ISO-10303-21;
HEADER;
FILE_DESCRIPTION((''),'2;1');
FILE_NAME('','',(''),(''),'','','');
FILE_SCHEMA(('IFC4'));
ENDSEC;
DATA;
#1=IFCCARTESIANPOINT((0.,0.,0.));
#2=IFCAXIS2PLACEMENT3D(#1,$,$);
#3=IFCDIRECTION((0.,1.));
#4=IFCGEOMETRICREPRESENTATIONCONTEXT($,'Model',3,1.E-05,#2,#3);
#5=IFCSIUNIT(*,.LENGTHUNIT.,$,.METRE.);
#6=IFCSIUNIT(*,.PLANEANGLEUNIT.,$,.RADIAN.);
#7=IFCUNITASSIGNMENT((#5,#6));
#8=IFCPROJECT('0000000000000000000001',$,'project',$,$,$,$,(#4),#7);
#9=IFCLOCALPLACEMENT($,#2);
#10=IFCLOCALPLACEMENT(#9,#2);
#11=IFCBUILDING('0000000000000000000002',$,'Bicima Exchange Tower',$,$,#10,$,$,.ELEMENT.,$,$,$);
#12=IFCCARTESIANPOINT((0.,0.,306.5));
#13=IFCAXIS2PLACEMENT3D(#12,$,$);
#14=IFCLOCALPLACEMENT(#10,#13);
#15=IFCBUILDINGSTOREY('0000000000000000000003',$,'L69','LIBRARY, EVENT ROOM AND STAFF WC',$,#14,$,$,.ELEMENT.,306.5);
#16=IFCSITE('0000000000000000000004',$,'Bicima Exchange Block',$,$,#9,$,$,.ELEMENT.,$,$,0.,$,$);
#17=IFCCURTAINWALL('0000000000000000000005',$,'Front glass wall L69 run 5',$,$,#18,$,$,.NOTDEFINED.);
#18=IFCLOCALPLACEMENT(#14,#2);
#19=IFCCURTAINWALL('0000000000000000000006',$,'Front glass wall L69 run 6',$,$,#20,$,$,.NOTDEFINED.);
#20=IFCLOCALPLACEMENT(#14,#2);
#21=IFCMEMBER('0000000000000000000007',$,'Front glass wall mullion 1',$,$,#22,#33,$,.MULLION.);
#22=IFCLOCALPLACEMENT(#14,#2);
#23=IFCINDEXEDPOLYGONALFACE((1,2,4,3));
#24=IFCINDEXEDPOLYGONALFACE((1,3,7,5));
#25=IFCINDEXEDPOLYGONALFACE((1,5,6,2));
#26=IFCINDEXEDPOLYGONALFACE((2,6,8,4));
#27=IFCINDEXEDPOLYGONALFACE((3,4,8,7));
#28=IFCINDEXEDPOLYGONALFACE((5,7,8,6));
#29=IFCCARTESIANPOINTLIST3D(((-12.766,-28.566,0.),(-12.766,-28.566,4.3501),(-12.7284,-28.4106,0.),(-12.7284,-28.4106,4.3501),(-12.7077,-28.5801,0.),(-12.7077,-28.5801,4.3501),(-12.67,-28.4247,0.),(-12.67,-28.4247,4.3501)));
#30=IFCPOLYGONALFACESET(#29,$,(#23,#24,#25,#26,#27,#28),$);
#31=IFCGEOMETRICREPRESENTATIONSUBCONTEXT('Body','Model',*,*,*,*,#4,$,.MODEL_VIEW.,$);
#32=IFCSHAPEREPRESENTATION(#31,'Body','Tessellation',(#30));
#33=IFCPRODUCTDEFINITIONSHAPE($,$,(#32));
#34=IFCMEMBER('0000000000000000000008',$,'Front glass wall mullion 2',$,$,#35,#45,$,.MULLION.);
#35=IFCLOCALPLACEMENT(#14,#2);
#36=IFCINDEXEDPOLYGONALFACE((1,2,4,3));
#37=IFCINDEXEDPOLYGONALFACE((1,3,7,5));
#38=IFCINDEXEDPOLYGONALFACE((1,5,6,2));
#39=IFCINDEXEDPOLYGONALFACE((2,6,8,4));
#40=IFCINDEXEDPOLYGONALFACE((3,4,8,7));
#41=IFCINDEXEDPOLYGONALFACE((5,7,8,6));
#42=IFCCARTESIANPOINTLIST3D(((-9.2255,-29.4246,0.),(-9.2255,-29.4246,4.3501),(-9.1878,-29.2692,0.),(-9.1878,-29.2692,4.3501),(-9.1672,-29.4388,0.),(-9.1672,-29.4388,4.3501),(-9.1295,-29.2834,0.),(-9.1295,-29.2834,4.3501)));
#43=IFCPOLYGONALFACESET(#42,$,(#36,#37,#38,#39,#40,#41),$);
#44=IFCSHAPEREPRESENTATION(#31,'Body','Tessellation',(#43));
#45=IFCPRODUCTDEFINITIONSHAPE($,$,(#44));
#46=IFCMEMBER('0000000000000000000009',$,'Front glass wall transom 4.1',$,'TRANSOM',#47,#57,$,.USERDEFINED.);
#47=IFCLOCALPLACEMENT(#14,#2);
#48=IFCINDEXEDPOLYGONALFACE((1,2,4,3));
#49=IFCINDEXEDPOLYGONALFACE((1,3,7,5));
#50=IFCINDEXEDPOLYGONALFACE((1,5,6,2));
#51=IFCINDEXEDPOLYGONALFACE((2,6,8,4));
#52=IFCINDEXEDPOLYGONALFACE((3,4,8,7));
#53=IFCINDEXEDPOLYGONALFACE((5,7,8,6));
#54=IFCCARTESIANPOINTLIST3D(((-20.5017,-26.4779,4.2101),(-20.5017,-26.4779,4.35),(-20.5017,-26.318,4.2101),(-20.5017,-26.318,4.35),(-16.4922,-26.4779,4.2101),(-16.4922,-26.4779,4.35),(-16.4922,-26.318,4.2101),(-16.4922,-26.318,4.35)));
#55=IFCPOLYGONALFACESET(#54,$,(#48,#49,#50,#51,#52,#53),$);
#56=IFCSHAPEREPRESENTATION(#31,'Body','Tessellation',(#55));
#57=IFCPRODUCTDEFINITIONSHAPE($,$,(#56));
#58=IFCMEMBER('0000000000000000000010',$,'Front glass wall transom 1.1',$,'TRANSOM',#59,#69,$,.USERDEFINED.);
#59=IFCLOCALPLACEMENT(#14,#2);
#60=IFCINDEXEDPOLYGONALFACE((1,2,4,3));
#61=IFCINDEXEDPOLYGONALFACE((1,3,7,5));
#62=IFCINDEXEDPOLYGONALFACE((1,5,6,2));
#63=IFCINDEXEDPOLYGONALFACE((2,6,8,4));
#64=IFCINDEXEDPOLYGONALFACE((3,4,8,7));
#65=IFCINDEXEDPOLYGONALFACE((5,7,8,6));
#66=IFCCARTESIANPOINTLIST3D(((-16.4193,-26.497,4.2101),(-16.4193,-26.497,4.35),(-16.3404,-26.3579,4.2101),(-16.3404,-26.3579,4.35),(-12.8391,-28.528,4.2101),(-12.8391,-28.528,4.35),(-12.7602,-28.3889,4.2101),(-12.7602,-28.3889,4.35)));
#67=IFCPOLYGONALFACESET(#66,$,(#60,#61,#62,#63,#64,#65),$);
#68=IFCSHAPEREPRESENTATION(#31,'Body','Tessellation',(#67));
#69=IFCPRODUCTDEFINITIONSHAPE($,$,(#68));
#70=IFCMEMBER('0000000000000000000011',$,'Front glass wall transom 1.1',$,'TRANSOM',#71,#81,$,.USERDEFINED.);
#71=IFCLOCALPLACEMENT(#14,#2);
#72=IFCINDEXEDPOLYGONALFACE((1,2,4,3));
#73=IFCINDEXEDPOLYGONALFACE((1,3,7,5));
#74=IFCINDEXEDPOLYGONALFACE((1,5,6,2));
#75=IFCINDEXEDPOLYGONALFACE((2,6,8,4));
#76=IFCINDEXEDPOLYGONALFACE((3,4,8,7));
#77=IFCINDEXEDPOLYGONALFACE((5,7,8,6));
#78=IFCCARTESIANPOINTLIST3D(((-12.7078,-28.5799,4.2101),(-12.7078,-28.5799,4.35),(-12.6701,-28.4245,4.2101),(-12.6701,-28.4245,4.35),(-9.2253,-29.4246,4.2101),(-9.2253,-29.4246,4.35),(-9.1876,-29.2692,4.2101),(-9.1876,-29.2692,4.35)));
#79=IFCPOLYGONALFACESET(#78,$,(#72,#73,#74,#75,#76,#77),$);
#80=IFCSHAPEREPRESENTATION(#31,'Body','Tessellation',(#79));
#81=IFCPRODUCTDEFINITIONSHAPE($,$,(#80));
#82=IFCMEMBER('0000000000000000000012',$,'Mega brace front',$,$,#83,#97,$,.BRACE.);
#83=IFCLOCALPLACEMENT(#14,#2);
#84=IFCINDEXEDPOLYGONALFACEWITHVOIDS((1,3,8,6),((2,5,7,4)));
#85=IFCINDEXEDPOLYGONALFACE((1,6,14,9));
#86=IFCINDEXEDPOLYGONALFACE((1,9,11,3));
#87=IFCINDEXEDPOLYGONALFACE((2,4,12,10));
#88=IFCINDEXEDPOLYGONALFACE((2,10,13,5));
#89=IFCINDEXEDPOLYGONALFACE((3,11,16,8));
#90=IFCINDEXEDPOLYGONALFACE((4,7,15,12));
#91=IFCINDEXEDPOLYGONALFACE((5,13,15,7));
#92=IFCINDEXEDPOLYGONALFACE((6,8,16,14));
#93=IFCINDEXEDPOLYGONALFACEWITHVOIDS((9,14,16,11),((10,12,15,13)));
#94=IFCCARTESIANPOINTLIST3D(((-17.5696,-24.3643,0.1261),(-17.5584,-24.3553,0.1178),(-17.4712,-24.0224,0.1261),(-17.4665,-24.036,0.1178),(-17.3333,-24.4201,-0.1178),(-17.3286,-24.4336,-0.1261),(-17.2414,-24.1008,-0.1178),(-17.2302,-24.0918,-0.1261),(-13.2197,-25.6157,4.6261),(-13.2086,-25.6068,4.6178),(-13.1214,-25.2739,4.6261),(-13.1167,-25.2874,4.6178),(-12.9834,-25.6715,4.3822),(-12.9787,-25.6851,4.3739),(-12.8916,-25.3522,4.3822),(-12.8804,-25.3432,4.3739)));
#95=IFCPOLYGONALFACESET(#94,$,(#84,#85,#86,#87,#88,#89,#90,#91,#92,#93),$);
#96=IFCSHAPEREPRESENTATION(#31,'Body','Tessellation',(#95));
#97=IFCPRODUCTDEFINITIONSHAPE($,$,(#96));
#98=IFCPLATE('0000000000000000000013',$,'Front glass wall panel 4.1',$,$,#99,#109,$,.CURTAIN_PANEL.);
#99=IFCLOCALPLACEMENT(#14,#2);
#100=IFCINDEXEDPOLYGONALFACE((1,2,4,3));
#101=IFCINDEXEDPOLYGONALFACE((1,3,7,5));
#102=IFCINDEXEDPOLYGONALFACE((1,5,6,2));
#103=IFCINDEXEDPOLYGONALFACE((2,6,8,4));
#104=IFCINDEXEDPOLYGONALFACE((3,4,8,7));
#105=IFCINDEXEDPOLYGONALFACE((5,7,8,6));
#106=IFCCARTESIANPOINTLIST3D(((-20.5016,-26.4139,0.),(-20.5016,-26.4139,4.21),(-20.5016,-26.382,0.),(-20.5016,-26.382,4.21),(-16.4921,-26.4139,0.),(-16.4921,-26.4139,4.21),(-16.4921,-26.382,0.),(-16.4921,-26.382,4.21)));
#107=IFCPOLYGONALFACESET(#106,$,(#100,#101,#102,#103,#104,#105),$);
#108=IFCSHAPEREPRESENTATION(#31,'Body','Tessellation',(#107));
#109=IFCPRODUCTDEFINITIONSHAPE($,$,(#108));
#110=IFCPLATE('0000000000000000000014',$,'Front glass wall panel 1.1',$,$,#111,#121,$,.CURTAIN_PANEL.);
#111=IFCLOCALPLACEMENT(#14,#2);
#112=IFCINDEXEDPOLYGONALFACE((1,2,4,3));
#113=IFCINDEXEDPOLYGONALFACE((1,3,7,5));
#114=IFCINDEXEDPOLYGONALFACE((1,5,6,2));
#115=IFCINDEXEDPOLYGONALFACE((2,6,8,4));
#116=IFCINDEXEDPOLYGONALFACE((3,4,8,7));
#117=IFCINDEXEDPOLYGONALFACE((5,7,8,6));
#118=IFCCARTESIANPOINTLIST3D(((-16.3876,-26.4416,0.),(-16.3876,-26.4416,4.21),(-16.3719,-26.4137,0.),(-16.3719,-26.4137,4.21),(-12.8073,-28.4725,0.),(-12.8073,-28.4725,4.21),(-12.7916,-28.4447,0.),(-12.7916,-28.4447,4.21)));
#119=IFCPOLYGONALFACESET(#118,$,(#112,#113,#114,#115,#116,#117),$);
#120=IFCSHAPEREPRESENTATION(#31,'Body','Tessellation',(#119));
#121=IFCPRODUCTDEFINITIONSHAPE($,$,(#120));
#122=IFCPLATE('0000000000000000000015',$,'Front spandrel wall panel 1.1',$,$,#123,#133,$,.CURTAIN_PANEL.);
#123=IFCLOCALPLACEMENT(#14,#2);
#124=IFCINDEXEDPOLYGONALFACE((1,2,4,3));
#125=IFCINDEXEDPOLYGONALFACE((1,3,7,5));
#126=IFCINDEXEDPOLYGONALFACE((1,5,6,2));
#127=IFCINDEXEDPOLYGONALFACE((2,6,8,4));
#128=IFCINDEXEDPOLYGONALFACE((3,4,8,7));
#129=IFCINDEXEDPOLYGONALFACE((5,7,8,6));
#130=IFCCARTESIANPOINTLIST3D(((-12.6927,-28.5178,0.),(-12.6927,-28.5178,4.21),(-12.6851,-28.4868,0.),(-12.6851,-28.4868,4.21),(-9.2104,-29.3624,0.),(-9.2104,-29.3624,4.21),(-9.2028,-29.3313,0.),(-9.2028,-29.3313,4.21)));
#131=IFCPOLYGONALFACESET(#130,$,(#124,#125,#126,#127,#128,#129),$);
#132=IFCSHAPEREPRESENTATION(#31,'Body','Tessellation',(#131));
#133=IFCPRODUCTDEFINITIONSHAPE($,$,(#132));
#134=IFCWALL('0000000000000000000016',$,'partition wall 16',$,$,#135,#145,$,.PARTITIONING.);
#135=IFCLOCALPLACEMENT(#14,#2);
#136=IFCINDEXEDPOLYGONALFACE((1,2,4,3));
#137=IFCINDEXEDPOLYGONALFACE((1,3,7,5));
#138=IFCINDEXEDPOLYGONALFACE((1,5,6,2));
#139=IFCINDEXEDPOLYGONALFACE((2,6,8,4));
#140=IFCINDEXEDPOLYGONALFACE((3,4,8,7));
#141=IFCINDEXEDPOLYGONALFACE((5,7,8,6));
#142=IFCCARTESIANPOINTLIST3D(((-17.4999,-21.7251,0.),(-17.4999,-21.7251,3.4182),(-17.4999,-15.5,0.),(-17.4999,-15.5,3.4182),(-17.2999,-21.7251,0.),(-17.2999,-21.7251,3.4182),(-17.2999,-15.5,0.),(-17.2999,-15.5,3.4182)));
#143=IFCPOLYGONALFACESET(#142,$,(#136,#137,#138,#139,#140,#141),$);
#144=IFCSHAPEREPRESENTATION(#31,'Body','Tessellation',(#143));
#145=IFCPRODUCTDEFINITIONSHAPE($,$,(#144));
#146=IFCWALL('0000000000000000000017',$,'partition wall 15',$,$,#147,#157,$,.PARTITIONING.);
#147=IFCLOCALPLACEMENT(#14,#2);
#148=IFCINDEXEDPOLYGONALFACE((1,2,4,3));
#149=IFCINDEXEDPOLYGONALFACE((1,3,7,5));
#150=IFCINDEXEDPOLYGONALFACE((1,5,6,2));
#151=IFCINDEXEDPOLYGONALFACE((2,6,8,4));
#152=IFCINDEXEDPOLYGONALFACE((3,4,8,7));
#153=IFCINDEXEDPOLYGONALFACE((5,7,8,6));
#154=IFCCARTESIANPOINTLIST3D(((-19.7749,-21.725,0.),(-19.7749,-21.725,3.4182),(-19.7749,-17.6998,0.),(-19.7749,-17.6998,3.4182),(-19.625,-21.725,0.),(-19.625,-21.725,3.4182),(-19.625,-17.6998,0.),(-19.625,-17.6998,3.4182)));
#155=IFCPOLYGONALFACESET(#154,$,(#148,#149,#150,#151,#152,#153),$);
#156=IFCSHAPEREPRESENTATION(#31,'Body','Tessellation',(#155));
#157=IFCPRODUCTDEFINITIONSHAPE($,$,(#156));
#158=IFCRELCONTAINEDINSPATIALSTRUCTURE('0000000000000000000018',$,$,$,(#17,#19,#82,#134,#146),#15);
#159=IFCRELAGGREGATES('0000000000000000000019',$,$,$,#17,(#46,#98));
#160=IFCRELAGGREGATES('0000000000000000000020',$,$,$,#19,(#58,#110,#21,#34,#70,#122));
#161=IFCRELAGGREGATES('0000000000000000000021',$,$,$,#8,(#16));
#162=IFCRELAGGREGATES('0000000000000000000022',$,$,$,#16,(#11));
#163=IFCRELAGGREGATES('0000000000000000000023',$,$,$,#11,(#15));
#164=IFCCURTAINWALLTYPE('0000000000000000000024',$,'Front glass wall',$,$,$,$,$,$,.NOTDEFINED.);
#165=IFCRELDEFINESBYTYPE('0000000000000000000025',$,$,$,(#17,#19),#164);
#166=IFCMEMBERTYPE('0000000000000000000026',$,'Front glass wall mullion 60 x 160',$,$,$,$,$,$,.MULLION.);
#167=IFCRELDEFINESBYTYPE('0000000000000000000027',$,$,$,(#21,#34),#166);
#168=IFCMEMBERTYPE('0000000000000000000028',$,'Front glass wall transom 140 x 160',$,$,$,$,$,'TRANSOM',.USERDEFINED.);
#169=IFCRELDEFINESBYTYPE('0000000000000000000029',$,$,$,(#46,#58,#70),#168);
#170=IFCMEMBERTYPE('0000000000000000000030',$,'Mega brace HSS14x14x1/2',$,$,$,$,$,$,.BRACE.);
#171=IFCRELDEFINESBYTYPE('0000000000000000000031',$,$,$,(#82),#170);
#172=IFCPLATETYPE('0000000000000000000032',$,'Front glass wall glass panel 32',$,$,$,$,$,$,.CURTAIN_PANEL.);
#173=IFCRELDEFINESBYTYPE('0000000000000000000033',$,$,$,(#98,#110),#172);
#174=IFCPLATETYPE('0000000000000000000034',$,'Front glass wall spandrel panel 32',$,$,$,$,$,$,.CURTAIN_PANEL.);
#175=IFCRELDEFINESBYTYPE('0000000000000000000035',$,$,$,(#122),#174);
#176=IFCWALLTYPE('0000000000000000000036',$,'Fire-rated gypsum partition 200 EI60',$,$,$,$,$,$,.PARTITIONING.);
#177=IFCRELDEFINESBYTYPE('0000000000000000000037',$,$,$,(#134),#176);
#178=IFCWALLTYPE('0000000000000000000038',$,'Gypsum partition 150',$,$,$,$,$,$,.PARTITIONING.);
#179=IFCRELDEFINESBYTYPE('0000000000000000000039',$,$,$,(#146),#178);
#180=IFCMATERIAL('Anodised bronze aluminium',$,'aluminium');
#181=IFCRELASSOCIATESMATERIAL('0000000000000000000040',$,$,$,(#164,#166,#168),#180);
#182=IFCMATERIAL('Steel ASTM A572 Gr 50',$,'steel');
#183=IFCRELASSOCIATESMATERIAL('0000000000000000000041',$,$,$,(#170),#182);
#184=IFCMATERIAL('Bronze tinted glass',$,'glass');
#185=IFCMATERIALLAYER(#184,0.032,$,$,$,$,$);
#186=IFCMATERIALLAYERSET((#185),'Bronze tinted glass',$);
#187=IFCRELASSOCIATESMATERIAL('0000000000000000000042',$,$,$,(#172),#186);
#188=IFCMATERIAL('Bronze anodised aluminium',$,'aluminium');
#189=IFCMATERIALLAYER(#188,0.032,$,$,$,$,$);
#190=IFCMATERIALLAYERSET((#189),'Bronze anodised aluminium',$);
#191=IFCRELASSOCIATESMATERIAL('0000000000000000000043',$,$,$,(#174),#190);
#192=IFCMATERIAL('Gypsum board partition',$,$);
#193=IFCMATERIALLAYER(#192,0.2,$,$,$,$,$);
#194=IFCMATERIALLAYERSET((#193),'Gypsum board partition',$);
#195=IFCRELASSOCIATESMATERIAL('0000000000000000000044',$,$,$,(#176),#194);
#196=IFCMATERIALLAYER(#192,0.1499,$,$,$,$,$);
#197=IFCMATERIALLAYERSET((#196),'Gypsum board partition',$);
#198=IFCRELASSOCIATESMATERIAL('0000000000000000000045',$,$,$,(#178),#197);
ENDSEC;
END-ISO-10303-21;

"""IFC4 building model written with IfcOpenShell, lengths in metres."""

from ifc_helpers import new_model, si_unit, direction, frame, frame_2d, origin, origin_2d, place, context, subcontext, project, spatial, rectangle, hollow_rectangle, extrude, material, layer, layer_set, material_profile, profile_set, type_object, element, aggregate, save


model = new_model("IFC4")

# Units and contexts
model_context = context("Model", 3, precision=1e-05, world=origin(), true_north=direction((0.0, 1.0)))
body_context = subcontext(model_context, "Body", "Model", "MODEL_VIEW")
ifc_project = project(units=[si_unit("LENGTHUNIT", "METRE"), si_unit("PLANEANGLEUNIT", "RADIAN")], contexts=[model_context])

# Site, building, storey
site_placement = place(None, origin())
site = spatial("IfcSite", under=ifc_project, at=site_placement, Name="Bicima Exchange Block", CompositionType="ELEMENT", RefElevation=0.0)
building_placement = place(site_placement, origin())
building = spatial("IfcBuilding", under=site, at=building_placement, Name="Bicima Exchange Tower", CompositionType="ELEMENT")
storey_placement = place(building_placement, frame((0.0, 0.0, 306.5)))
storey = spatial("IfcBuildingStorey", under=building, at=storey_placement, Name="L69", Description="LIBRARY, EVENT ROOM AND STAFF WC", CompositionType="ELEMENT", Elevation=306.5)

# Shared definitions
ifc_material_1 = material(Name="Steel ASTM A572 Gr 50", Category="steel")

# Curtain walls, members
ifc_material_2 = material(Name="Anodised bronze aluminium", Category="aluminium")
curtain_wall_type = type_object("IfcCurtainWallType", Name="Front glass wall", PredefinedType="NOTDEFINED", material=ifc_material_2)
curtain_wall_1_placement = place(storey_placement, origin())
curtain_wall_1 = element("IfcCurtainWall", 1, at=curtain_wall_1_placement, inside=storey, type_object=curtain_wall_type, Name="Front glass wall L69 run 5", PredefinedType="NOTDEFINED")
ifc_material_profile_1 = material_profile(ifc_material_2, rectangle(XDim=0.1599, YDim=0.0601, at=origin_2d()))
ifc_profile_set_1 = profile_set([ifc_material_profile_1], Name="Anodised bronze aluminium")
member_type_1 = type_object("IfcMemberType", Name="Front glass wall mullion 60 x 160", PredefinedType="MULLION", material=ifc_profile_set_1)
curtain_wall_2_placement = place(storey_placement, origin())
curtain_wall_2 = element("IfcCurtainWall", 2, at=curtain_wall_2_placement, inside=storey, type_object=curtain_wall_type, Name="Front glass wall L69 run 6", PredefinedType="NOTDEFINED")
member_1_placement = place(storey_placement, frame((-12.718, -28.4954, 0.0), z_axis=(0.0, 0.0, 1.0), x_axis=(0.235682, 0.97183, 0.0)))
member_1 = element("IfcMember", 3, at=member_1_placement, type_object=member_type_1, Name="Front glass wall mullion 1", PredefinedType="MULLION", context=body_context, shape_type="SweptSolid", body=[
    extrude(rectangle(XDim=0.1599, YDim=0.0601, at=origin_2d()), origin(), (0.0, 0.0, 1.0), 4.3501),
])
member_2_placement = place(storey_placement, frame((-9.1775, -29.354, 0.0), z_axis=(0.0, 0.0, 1.0), x_axis=(0.235682, 0.97183, 0.0)))
member_2 = element("IfcMember", 4, at=member_2_placement, type_object=member_type_1, Name="Front glass wall mullion 2", PredefinedType="MULLION", context=body_context, shape_type="SweptSolid", body=[
    extrude(rectangle(XDim=0.1599, YDim=0.0601, at=origin_2d()), origin(), (0.0, 0.0, 1.0), 4.3501),
])

# Members
ifc_material_profile_2 = material_profile(ifc_material_2, rectangle(XDim=0.1599, YDim=0.1399, at=origin_2d()))
ifc_profile_set_2 = profile_set([ifc_material_profile_2], Name="Anodised bronze aluminium")
member_type_2 = type_object("IfcMemberType", Name="Front glass wall transom 140 x 160", ElementType="TRANSOM", PredefinedType="USERDEFINED", material=ifc_profile_set_2)
member_3_placement = place(storey_placement, frame((-20.5017, -26.3979, 4.28), z_axis=(1.0, 0.0, 0.0), x_axis=(0.0, 1.0, 0.0)))
member_3 = element("IfcMember", 5, at=member_3_placement, type_object=member_type_2, Name="Front glass wall transom 4.1", ObjectType="TRANSOM", PredefinedType="USERDEFINED", context=body_context, shape_type="SweptSolid", body=[
    extrude(rectangle(XDim=0.1599, YDim=0.1399, at=origin_2d()), origin(), (0.0, 0.0, 1.0), 4.0095),
])
member_4_placement = place(storey_placement, frame((-16.3799, -26.4275, 4.28), z_axis=(0.869797, -0.493409, 0.0), x_axis=(0.493409, 0.869797, 0.0)))
member_4 = element("IfcMember", 6, at=member_4_placement, type_object=member_type_2, Name="Front glass wall transom 1.1", ObjectType="TRANSOM", PredefinedType="USERDEFINED", context=body_context, shape_type="SweptSolid", body=[
    extrude(rectangle(XDim=0.1599, YDim=0.1399, at=origin_2d()), origin(), (0.0, 0.0, 1.0), 4.1162),
])
member_5_placement = place(storey_placement, frame((-12.689, -28.5022, 4.28), z_axis=(0.971818, -0.235733, 0.0), x_axis=(0.235733, 0.971818, 0.0)))
member_5 = element("IfcMember", 7, at=member_5_placement, type_object=member_type_2, Name="Front glass wall transom 1.1", ObjectType="TRANSOM", PredefinedType="USERDEFINED", context=body_context, shape_type="SweptSolid", body=[
    extrude(rectangle(XDim=0.1599, YDim=0.1399, at=origin_2d()), origin(), (0.0, 0.0, 1.0), 3.5835),
])
ifc_material_profile_3 = material_profile(ifc_material_1, hollow_rectangle(XDim=0.3557, YDim=0.3557, WallThickness=0.0117, at=origin_2d()))
ifc_profile_set_3 = profile_set([ifc_material_profile_3], Name="Steel ASTM A572 Gr 50")
member_type_3 = type_object("IfcMemberType", Name="Mega brace HSS14x14x1/2", PredefinedType="BRACE", material=ifc_profile_set_3)
member_6_placement = place(storey_placement, frame((-17.3999, -24.228, 0.0), z_axis=(0.681519, -0.196075, 0.705044), x_axis=(0.276487, 0.961018, 0.0)))
element("IfcMember", 8, at=member_6_placement, inside=storey, type_object=member_type_3, Name="Mega brace front", PredefinedType="BRACE", context=body_context, shape_type="SweptSolid", body=[
    extrude(hollow_rectangle(XDim=0.3557, YDim=0.3557, WallThickness=0.0117, at=origin_2d()), origin(), (0.0, 0.0, 1.0), 6.3826),
])

# Plates
ifc_material_3 = material(Name="Bronze tinted glass", Category="glass")
ifc_layer_1 = layer(ifc_material_3, 0.032)
ifc_layer_set_1 = layer_set([ifc_layer_1], Name="Bronze tinted glass")
plate_type_1 = type_object("IfcPlateType", Name="Front glass wall glass panel 32", PredefinedType="CURTAIN_PANEL", material=ifc_layer_set_1)
plate_1_placement = place(storey_placement, frame((-18.4968, -26.3979, 0.0), z_axis=(0.0, 0.0, 1.0), x_axis=(1.0, 0.0, 0.0)))
plate_1 = element("IfcPlate", 9, at=plate_1_placement, type_object=plate_type_1, Name="Front glass wall panel 4.1", PredefinedType="CURTAIN_PANEL", context=body_context, shape_type="SweptSolid", body=[
    extrude(rectangle(XDim=4.0095, YDim=0.032, at=origin_2d()), origin(), (0.0, 0.0, 1.0), 4.21),
])
aggregate(curtain_wall_1, [member_3, plate_1])
plate_2_placement = place(storey_placement, frame((-14.5896, -27.4431, 0.0), z_axis=(0.0, 0.0, 1.0), x_axis=(0.869805, -0.493395, 0.0)))
plate_2 = element("IfcPlate", 10, at=plate_2_placement, type_object=plate_type_1, Name="Front glass wall panel 1.1", PredefinedType="CURTAIN_PANEL", context=body_context, shape_type="SweptSolid", body=[
    extrude(rectangle(XDim=4.1162, YDim=0.032, at=origin_2d()), origin(), (0.0, 0.0, 1.0), 4.21),
])
ifc_material_4 = material(Name="Bronze anodised aluminium", Category="aluminium")
ifc_layer_2 = layer(ifc_material_4, 0.032)
ifc_layer_set_2 = layer_set([ifc_layer_2], Name="Bronze anodised aluminium")
plate_type_2 = type_object("IfcPlateType", Name="Front glass wall spandrel panel 32", PredefinedType="CURTAIN_PANEL", material=ifc_layer_set_2)
plate_3_placement = place(storey_placement, frame((-10.9478, -28.9246, 0.0), z_axis=(0.0, 0.0, 1.0), x_axis=(0.97183, -0.235682, 0.0)))
plate_3 = element("IfcPlate", 11, at=plate_3_placement, type_object=plate_type_2, Name="Front spandrel wall panel 1.1", PredefinedType="CURTAIN_PANEL", context=body_context, shape_type="SweptSolid", body=[
    extrude(rectangle(XDim=3.5833, YDim=0.032, at=origin_2d()), origin(), (0.0, 0.0, 1.0), 4.21),
])
aggregate(curtain_wall_2, [member_4, plate_2, member_1, member_2, member_5, plate_3])

# Walls
ifc_material_5 = material(Name="Gypsum board partition")
ifc_layer_3 = layer(ifc_material_5, 0.2)
ifc_layer_set_3 = layer_set([ifc_layer_3], Name="Gypsum board partition")
wall_type_1 = type_object("IfcWallType", Name="Fire-rated gypsum partition 200 EI60", PredefinedType="PARTITIONING", material=ifc_layer_set_3)
wall_1_placement = place(storey_placement, frame((-17.3999, -21.7251, 0.0), z_axis=(0.0, 0.0, 1.0), x_axis=(0.0, 1.0, 0.0)))
element("IfcWall", 12, at=wall_1_placement, inside=storey, type_object=wall_type_1, Name="partition wall 16", PredefinedType="PARTITIONING", context=body_context, shape_type="SweptSolid", body=[
    extrude(rectangle(XDim=6.2251, YDim=0.2, at=frame_2d((3.1125, 0.0))), origin(), (0.0, 0.0, 1.0), 3.4182),
])
ifc_layer_4 = layer(ifc_material_5, 0.1499)
ifc_layer_set_4 = layer_set([ifc_layer_4], Name="Gypsum board partition")
wall_type_2 = type_object("IfcWallType", Name="Gypsum partition 150", PredefinedType="PARTITIONING", material=ifc_layer_set_4)
wall_2_placement = place(storey_placement, frame((-19.7, -21.7251, 0.0), z_axis=(0.0, 0.0, 1.0), x_axis=(0.0, 1.0, 0.0)))
element("IfcWall", 13, at=wall_2_placement, inside=storey, type_object=wall_type_2, Name="partition wall 15", PredefinedType="PARTITIONING", context=body_context, shape_type="SweptSolid", body=[
    extrude(rectangle(XDim=4.0251, YDim=0.1499, at=frame_2d((2.0127, 0.0))), origin(), (0.0, 0.0, 1.0), 3.4182),
])

save(model, "model.ifc")
